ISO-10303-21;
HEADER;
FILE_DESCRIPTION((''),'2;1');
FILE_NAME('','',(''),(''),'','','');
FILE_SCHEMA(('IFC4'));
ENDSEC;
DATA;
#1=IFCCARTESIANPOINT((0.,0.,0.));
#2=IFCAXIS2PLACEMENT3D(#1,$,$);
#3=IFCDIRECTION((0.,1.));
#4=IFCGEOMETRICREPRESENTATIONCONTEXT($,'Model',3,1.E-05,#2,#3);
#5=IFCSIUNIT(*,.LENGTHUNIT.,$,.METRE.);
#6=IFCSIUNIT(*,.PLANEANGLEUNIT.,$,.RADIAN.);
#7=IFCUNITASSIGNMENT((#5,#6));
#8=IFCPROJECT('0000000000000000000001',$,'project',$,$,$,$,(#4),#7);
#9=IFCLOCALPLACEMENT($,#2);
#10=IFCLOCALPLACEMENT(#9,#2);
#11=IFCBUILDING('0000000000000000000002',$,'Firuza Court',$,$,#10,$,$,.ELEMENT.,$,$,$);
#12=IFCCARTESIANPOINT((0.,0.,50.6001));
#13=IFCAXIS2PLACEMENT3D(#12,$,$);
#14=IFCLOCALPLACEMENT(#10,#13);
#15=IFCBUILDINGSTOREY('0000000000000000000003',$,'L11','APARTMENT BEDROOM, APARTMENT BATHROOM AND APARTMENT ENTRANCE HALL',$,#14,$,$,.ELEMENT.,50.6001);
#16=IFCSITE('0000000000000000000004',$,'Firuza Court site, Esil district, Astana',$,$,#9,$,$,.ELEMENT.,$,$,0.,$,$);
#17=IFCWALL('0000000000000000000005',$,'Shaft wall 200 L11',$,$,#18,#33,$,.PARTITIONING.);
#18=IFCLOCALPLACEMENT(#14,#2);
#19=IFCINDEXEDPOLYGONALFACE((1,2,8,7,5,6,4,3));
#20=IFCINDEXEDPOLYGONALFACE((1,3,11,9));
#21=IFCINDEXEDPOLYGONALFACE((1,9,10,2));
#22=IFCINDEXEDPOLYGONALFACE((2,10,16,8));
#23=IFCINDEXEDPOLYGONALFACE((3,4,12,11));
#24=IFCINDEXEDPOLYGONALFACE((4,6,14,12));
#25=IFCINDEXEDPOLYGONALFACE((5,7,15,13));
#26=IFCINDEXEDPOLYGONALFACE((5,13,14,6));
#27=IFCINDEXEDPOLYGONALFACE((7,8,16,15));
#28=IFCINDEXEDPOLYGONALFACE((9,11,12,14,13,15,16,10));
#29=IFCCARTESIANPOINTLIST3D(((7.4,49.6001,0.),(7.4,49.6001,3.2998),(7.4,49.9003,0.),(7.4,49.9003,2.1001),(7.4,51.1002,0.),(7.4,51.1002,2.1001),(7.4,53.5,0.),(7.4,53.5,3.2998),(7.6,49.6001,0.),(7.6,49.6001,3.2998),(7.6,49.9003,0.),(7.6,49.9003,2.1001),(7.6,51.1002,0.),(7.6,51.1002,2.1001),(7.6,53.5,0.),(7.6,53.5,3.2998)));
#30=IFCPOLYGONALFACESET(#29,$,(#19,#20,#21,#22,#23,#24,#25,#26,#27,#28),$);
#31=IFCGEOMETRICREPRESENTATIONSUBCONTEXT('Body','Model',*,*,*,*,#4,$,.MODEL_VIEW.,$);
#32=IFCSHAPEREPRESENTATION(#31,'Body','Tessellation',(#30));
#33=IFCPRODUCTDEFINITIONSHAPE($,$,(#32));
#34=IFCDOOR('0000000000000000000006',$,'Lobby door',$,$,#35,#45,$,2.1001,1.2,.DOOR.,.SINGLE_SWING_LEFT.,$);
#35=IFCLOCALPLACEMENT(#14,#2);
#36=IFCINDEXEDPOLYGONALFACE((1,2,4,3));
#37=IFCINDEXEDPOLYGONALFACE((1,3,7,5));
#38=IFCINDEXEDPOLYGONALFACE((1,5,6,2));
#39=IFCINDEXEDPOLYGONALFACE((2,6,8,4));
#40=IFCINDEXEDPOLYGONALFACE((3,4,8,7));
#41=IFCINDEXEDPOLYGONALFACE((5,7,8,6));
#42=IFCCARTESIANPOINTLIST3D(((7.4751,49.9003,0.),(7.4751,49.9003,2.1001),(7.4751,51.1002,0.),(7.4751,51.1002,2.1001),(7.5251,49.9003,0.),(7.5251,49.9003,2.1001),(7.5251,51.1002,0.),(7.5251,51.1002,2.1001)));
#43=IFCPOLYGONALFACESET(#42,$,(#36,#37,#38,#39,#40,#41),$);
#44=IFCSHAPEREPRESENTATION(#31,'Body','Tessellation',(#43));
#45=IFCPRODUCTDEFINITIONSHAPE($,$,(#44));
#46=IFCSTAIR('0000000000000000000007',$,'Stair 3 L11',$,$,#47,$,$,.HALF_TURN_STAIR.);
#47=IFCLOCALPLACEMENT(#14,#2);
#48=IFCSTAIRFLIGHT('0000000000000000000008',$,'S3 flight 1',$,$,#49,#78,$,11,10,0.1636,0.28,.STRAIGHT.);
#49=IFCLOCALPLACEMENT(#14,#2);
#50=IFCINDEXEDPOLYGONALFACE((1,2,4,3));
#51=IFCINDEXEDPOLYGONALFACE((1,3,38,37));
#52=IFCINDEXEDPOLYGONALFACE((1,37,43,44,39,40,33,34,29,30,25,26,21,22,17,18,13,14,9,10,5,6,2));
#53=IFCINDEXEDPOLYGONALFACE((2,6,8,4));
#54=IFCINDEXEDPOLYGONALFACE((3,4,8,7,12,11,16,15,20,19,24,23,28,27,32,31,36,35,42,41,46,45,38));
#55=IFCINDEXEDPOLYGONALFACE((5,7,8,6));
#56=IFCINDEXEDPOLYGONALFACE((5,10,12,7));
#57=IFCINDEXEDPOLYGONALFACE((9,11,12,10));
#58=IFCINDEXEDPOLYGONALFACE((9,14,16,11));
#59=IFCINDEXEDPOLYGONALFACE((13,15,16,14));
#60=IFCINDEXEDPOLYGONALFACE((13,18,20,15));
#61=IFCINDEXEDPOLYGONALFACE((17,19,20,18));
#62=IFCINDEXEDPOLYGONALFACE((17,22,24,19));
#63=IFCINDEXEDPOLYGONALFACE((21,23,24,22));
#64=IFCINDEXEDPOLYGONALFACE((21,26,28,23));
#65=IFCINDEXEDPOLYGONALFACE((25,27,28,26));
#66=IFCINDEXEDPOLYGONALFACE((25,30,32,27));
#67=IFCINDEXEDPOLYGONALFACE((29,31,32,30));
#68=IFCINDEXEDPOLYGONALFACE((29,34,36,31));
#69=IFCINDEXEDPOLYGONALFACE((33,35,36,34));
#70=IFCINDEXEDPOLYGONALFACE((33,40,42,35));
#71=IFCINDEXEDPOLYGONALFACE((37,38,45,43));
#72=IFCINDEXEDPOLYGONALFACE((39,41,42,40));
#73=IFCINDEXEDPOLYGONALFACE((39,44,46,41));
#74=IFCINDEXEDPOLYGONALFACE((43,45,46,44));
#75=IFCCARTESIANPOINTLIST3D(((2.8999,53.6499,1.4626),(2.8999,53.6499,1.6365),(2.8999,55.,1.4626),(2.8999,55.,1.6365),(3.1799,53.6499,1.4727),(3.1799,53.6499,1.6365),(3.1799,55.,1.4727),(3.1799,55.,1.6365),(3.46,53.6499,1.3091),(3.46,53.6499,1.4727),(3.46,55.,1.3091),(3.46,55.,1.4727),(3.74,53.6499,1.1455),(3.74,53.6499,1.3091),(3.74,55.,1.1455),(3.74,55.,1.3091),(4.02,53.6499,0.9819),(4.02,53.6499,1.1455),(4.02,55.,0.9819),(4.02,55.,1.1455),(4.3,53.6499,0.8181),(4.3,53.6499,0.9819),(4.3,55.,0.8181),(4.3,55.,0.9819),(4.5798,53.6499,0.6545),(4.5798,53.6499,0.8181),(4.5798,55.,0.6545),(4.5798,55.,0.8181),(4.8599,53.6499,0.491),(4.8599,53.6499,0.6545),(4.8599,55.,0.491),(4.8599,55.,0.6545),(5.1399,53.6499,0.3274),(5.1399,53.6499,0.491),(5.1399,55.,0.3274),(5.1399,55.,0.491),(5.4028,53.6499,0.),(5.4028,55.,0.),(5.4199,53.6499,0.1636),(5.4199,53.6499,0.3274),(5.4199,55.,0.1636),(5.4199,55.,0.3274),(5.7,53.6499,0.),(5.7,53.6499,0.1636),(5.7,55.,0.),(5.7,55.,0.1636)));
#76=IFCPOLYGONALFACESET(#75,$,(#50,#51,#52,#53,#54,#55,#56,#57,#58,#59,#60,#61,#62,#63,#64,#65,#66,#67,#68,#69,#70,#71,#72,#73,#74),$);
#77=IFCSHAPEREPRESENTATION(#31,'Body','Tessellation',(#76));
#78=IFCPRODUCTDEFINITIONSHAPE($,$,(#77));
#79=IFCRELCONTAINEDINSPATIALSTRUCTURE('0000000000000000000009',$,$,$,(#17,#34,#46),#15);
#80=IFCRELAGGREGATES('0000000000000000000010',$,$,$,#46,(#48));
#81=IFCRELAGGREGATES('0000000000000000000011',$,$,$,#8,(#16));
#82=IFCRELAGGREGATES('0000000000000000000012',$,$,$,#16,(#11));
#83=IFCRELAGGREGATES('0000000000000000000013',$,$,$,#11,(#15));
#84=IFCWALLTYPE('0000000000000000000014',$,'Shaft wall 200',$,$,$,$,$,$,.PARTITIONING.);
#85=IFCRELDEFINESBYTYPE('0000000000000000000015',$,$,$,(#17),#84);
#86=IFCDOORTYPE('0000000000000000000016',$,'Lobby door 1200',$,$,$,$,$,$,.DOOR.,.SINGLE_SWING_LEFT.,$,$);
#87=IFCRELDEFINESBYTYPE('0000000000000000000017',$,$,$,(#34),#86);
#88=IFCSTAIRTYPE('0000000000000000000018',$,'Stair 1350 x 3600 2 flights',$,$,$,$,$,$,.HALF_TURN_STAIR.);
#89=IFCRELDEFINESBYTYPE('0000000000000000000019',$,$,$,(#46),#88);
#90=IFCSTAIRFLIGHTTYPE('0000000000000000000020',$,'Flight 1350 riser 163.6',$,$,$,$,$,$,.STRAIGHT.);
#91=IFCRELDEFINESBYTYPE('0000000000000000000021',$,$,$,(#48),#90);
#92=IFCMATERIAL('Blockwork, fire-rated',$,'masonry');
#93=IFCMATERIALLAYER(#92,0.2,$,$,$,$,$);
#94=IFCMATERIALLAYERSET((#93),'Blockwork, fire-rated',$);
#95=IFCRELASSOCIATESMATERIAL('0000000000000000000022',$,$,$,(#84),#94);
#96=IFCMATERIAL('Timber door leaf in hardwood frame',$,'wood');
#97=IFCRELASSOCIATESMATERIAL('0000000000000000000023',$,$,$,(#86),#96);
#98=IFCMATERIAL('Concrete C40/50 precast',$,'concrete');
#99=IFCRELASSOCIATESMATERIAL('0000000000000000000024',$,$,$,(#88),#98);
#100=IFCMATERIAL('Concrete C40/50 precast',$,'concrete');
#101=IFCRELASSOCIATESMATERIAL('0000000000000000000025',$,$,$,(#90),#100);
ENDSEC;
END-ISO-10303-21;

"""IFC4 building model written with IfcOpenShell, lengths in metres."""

from ifc_helpers import new_model, si_unit, direction, frame, frame_2d, origin, place, context, subcontext, project, spatial, polyline, rectangle, outline, extrude, material, layer, layer_set, type_object, element, fill, aggregate, save


model = new_model("IFC4")

# Units and contexts
model_context = context("Model", 3, precision=1e-05, world=origin(), true_north=direction((0.0, 1.0)))
body_context = subcontext(model_context, "Body", "Model", "MODEL_VIEW")
ifc_project = project(units=[si_unit("LENGTHUNIT", "METRE"), si_unit("PLANEANGLEUNIT", "RADIAN")], contexts=[model_context])

# Site, building, storey
site_placement = place(None, origin())
site = spatial("IfcSite", under=ifc_project, at=site_placement, Name="Firuza Court site, Esil district, Astana", CompositionType="ELEMENT", RefElevation=0.0)
building_placement = place(site_placement, origin())
building = spatial("IfcBuilding", under=site, at=building_placement, Name="Firuza Court", CompositionType="ELEMENT")
storey_placement = place(building_placement, frame((0.0, 0.0, 50.6001)))
storey = spatial("IfcBuildingStorey", under=building, at=storey_placement, Name="L11", Description="APARTMENT BEDROOM, APARTMENT BATHROOM AND APARTMENT ENTRANCE HALL", CompositionType="ELEMENT", Elevation=50.6001)

# Shared definitions
ifc_material_1 = material(Name="Blockwork, fire-rated", Category="masonry")
ifc_layer_1 = layer(ifc_material_1, 0.2)
ifc_layer_set_1 = layer_set([ifc_layer_1], Name="Blockwork, fire-rated")
wall_type_1 = type_object("IfcWallType", Name="Shaft wall 200", PredefinedType="PARTITIONING", material=ifc_layer_set_1)
ifc_material_2 = material(Name="Timber door leaf in hardwood frame", Category="wood")
door_type_1 = type_object("IfcDoorType", Name="Lobby door 1200", OperationType="SINGLE_SWING_LEFT", PredefinedType="DOOR", material=ifc_material_2)

# Wall, opening, door
wall_1_placement = place(storey_placement, frame((7.5, 49.6001, 0.0), z_axis=(0.0, 0.0, 1.0), x_axis=(0.0, 1.0, 0.0)))
wall_1 = element("IfcWall", 1, at=wall_1_placement, inside=storey, type_object=wall_type_1, Name="Shaft wall 200 L11", PredefinedType="PARTITIONING", context=body_context, shape_type="SweptSolid", body=[
    extrude(rectangle(XDim=3.8999, YDim=0.2, at=frame_2d((1.95, 0.0))), origin(), (0.0, 0.0, 1.0), 3.2998),
])
opening_1_placement = place(wall_1_placement, frame((0.3, 0.0, 0.0)))
opening_1 = element("IfcOpeningElement", 2, at=opening_1_placement, cuts=wall_1, PredefinedType="OPENING", context=body_context, shape_type="SweptSolid", body=[
    extrude(rectangle(XDim=1.2, YDim=2.1001, at=frame_2d((0.6001, 1.05))), frame((0.0, 0.1118, 0.0), z_axis=(0.0, -1.0, 0.0), x_axis=(1.0, 0.0, 0.0)), (0.0, 0.0, 1.0), 0.2239),
])
door_1_placement = place(opening_1_placement, origin())
door_1 = element("IfcDoor", 3, at=door_1_placement, inside=storey, type_object=door_type_1, Name="Lobby door", OperationType="SINGLE_SWING_LEFT", OverallHeight=2.1001, OverallWidth=1.2, PredefinedType="DOOR", context=body_context, shape_type="SweptSolid", body=[
    extrude(rectangle(XDim=1.2, YDim=2.1001, at=frame_2d((0.6001, 1.05))), frame((0.0, 0.0249, 0.0), z_axis=(0.0, -1.0, 0.0), x_axis=(1.0, 0.0, 0.0)), (0.0, 0.0, 1.0), 0.05),
])
fill(opening_1, door_1)

# Stair, stair flight
ifc_material_3 = material(Name="Concrete C40/50 precast", Category="concrete")
stair_type = type_object("IfcStairType", Name="Stair 1350 x 3600 2 flights", PredefinedType="HALF_TURN_STAIR", material=ifc_material_3)
stair_placement = place(storey_placement, origin())
stair = element("IfcStair", 4, at=stair_placement, inside=storey, type_object=stair_type, Name="Stair 3 L11", PredefinedType="HALF_TURN_STAIR")
ifc_material_4 = material(Name="Concrete C40/50 precast", Category="concrete")
stair_flight_type = type_object("IfcStairFlightType", Name="Flight 1350 riser 163.6", PredefinedType="STRAIGHT", material=ifc_material_4)
stair_flight_placement = place(storey_placement, frame((5.7, 54.325, 0.0), z_axis=(0.0, 0.0, 1.0), x_axis=(-1.0, 0.0, 0.0)))
stair_flight = element("IfcStairFlight", 5, at=stair_flight_placement, type_object=stair_flight_type, Name="S3 flight 1", NumberOfRisers=11, NumberOfTreads=10, PredefinedType="STRAIGHT", RiserHeight=0.1636, TreadLength=0.28, context=body_context, shape_type="SweptSolid", body=[
    extrude(outline(polyline([(0.0, 0.0), (0.0, 0.1636), (0.28, 0.1636), (0.28, 0.3274), (0.5601, 0.3274), (0.5601, 0.491), (0.8401, 0.491), (0.8401, 0.6545), (1.1201, 0.6545), (1.1201, 0.8181), (1.3999, 0.8181), (1.3999, 0.9819), (1.6799, 0.9819), (1.6799, 1.1455), (1.96, 1.1455), (1.96, 1.3091), (2.24, 1.3091), (2.24, 1.4727), (2.52, 1.4727), (2.52, 1.6365), (2.8, 1.6365), (2.8, 1.8), (2.8, 1.4626), (0.2971, 0.0), (0.0, 0.0)])), frame((0.0, 0.675, 0.0), z_axis=(0.0, -1.0, 0.0), x_axis=(1.0, 0.0, 0.0)), (0.0, 0.0, 1.0), 1.3501),
])
aggregate(stair, [stair_flight])

save(model, "model.ifc")
